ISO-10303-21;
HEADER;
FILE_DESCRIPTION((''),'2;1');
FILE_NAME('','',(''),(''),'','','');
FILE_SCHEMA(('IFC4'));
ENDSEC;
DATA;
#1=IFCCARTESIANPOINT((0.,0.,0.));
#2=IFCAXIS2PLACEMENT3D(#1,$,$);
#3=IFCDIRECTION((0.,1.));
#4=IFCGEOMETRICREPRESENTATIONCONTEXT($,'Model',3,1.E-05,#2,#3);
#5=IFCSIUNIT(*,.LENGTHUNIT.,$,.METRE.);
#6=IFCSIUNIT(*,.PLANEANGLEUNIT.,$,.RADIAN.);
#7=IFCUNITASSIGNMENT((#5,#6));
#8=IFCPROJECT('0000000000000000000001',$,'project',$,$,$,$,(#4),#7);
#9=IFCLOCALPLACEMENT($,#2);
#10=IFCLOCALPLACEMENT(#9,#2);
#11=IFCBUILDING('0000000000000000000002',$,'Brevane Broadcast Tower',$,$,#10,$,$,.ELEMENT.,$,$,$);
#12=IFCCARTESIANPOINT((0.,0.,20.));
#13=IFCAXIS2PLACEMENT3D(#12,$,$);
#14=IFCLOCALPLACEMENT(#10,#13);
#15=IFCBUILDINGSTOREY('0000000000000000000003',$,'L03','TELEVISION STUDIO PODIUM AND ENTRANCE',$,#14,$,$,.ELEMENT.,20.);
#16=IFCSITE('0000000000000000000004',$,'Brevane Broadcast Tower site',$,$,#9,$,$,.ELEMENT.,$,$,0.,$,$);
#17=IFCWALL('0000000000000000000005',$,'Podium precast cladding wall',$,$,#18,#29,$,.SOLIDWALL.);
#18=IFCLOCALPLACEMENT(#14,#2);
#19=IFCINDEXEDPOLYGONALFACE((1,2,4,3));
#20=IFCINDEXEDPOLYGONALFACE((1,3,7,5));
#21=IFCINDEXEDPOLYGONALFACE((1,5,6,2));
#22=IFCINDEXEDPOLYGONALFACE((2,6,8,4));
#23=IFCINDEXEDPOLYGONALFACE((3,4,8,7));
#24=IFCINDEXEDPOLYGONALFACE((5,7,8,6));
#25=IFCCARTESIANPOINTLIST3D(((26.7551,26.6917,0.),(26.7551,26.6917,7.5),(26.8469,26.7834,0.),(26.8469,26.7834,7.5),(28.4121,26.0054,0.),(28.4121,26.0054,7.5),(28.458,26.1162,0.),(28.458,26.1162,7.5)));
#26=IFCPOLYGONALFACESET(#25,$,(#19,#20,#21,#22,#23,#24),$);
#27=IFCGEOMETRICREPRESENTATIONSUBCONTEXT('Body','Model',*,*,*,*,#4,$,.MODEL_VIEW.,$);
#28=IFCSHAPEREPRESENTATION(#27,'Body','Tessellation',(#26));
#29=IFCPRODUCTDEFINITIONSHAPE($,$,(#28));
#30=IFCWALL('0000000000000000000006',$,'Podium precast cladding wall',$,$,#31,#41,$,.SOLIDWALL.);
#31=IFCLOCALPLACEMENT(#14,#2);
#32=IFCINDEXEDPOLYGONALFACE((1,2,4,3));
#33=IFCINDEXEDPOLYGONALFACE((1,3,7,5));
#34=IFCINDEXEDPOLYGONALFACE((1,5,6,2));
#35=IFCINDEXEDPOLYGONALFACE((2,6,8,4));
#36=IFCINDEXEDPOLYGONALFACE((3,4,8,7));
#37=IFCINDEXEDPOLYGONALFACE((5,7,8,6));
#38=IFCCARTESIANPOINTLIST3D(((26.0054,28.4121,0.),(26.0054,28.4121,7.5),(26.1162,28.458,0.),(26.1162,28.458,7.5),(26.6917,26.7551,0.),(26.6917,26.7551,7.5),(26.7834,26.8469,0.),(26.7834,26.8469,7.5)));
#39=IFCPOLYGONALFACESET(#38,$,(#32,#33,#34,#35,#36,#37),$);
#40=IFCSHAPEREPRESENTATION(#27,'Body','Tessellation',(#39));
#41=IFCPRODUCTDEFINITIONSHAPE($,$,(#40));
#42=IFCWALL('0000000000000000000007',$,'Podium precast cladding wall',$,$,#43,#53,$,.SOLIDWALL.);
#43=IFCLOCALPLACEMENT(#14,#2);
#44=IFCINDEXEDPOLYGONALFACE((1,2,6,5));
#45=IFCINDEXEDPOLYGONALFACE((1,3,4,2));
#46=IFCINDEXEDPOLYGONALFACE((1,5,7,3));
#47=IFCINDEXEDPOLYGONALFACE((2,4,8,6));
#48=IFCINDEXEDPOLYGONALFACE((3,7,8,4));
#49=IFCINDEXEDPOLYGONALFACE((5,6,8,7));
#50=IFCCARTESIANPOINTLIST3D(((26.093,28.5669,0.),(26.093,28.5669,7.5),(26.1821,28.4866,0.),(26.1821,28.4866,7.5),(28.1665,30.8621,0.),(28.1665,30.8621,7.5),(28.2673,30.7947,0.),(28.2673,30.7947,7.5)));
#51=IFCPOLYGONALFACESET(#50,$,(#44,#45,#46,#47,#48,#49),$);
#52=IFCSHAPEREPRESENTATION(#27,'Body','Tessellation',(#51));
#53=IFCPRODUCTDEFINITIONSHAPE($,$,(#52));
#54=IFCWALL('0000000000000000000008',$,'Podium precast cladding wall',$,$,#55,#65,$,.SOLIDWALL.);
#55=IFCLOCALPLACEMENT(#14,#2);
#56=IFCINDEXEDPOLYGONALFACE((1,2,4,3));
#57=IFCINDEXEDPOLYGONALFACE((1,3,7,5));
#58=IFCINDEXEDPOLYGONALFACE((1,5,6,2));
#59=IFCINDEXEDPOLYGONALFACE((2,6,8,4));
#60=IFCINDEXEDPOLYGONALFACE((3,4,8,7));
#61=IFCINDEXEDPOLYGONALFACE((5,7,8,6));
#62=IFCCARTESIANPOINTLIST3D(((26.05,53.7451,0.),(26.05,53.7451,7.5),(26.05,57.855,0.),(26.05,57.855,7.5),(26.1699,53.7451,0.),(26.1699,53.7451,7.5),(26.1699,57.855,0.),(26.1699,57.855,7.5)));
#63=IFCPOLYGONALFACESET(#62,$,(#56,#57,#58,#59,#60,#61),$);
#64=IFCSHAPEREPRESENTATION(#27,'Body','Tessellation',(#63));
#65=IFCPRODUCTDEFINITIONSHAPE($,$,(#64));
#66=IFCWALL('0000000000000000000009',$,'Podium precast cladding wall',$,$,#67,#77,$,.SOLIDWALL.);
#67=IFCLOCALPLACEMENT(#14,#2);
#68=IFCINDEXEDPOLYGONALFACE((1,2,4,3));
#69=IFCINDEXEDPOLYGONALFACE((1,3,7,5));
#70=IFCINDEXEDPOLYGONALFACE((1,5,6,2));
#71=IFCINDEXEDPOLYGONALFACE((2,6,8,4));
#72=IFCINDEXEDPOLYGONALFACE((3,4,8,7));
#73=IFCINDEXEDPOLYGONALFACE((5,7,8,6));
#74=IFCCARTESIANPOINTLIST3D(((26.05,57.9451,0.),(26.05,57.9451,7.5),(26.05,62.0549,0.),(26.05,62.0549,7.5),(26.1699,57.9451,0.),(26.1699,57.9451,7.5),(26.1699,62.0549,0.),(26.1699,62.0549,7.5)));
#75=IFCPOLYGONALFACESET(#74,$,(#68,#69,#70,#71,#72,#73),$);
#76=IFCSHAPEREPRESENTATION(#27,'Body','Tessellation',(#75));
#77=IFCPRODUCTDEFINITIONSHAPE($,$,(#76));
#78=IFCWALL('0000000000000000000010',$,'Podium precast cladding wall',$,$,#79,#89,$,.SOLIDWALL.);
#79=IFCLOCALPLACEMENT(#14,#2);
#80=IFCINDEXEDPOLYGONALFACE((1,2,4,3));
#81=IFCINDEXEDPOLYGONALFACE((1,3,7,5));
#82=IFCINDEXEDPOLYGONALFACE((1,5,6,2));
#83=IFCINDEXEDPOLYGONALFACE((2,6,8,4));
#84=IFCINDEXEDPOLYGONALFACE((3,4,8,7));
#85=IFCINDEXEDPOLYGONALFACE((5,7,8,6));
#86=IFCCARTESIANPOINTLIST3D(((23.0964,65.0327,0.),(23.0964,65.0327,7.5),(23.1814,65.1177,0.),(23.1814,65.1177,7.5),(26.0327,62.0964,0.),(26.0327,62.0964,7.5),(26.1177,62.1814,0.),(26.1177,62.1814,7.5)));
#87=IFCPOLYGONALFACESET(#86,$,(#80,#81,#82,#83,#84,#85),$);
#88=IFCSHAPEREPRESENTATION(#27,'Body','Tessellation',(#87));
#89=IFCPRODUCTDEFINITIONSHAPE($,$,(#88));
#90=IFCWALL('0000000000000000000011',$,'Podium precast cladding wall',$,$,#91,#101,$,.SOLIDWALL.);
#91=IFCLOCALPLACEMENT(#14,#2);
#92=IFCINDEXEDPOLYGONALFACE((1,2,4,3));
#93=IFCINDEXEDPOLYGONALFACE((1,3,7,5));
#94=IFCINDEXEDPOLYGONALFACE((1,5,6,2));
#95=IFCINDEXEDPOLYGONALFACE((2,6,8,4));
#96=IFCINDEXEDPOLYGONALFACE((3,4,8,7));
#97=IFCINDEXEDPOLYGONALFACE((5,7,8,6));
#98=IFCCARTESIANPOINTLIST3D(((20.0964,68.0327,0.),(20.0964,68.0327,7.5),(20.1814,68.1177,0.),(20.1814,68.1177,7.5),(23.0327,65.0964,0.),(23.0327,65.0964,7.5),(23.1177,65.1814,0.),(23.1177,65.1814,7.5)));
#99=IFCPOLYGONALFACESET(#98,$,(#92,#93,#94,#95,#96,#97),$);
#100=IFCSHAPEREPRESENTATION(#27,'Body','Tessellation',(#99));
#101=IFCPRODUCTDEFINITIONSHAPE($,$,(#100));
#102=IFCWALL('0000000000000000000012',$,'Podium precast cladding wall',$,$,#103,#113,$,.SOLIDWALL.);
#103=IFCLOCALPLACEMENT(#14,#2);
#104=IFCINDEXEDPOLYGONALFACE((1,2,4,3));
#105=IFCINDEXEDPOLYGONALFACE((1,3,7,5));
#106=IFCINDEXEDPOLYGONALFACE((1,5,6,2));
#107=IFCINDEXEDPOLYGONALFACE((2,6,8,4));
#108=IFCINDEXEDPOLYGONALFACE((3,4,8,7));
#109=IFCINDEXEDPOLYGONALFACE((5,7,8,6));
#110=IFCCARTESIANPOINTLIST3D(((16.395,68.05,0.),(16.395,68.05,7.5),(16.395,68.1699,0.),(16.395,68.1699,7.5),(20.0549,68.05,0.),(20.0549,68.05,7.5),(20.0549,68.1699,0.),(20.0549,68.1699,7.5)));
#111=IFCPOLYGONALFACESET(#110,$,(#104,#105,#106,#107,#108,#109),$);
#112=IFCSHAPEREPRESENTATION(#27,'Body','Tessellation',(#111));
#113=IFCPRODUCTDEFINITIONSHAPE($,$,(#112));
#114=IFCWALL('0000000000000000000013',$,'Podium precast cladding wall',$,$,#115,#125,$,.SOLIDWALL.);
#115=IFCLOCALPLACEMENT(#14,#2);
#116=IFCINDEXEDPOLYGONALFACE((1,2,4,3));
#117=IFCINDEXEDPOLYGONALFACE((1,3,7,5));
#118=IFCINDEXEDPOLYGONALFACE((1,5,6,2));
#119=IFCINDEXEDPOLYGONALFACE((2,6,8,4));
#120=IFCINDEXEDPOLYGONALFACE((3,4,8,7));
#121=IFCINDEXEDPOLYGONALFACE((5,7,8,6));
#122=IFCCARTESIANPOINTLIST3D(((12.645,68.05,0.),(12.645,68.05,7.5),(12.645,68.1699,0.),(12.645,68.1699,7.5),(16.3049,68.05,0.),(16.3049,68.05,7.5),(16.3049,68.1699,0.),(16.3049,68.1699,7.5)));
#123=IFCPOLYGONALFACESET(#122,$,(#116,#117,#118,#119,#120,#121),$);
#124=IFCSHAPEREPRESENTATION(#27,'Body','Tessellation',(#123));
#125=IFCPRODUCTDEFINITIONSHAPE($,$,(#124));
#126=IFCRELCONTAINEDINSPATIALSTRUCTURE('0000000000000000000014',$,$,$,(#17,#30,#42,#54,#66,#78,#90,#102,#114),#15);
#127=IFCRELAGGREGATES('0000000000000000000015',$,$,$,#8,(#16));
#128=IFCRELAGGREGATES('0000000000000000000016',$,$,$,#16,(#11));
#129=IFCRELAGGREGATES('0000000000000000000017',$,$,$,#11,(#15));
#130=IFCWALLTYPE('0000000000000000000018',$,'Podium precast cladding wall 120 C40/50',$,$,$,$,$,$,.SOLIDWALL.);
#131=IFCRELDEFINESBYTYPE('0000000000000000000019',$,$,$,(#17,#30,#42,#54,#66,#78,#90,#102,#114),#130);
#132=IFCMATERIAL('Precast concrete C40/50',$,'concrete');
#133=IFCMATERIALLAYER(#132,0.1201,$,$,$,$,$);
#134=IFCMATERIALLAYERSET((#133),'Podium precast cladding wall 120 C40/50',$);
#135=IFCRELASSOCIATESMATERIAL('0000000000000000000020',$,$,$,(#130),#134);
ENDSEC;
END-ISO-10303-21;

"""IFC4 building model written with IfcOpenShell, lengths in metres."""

from ifc_helpers import new_model, si_unit, direction, frame, origin, place, context, subcontext, project, spatial, polyline, outline, extrude, material, layer, layer_set, type_object, element, save


model = new_model("IFC4")

# Units and contexts
model_context = context("Model", 3, precision=1e-05, world=origin(), true_north=direction((0.0, 1.0)))
body_context = subcontext(model_context, "Body", "Model", "MODEL_VIEW")
ifc_project = project(units=[si_unit("LENGTHUNIT", "METRE"), si_unit("PLANEANGLEUNIT", "RADIAN")], contexts=[model_context])

# Site, building, storey
site_placement = place(None, origin())
site = spatial("IfcSite", under=ifc_project, at=site_placement, Name="Brevane Broadcast Tower site", CompositionType="ELEMENT", RefElevation=0.0)
building_placement = place(site_placement, origin())
building = spatial("IfcBuilding", under=site, at=building_placement, Name="Brevane Broadcast Tower", CompositionType="ELEMENT")
storey_placement = place(building_placement, frame((0.0, 0.0, 20.0)))
storey = spatial("IfcBuildingStorey", under=building, at=storey_placement, Name="L03", Description="TELEVISION STUDIO PODIUM AND ENTRANCE", CompositionType="ELEMENT", Elevation=20.0)

# Walls
ifc_material = material(Name="Precast concrete C40/50", Category="concrete")
ifc_layer = layer(ifc_material, 0.1201)
ifc_layer_set = layer_set([ifc_layer], Name="Podium precast cladding wall 120 C40/50")
wall_type = type_object("IfcWallType", Name="Podium precast cladding wall 120 C40/50", PredefinedType="SOLIDWALL", material=ifc_layer_set)
wall_1_placement = place(storey_placement, origin())
element("IfcWall", 1, at=wall_1_placement, inside=storey, type_object=wall_type, Name="Podium precast cladding wall", PredefinedType="SOLIDWALL", context=body_context, shape_type="SweptSolid", body=[
    extrude(outline(polyline([(28.4121, 26.0054), (28.458, 26.1162), (26.8469, 26.7834), (26.7551, 26.6917), (28.4121, 26.0054)])), origin(), (0.0, 0.0, 1.0), 7.5),
])
wall_2_placement = place(storey_placement, origin())
element("IfcWall", 2, at=wall_2_placement, inside=storey, type_object=wall_type, Name="Podium precast cladding wall", PredefinedType="SOLIDWALL", context=body_context, shape_type="SweptSolid", body=[
    extrude(outline(polyline([(26.6917, 26.7551), (26.7834, 26.8469), (26.1162, 28.458), (26.0054, 28.4121), (26.6917, 26.7551)])), origin(), (0.0, 0.0, 1.0), 7.5),
])
wall_3_placement = place(storey_placement, origin())
element("IfcWall", 3, at=wall_3_placement, inside=storey, type_object=wall_type, Name="Podium precast cladding wall", PredefinedType="SOLIDWALL", context=body_context, shape_type="SweptSolid", body=[
    extrude(outline(polyline([(26.093, 28.5669), (26.1821, 28.4866), (28.2673, 30.7947), (28.1665, 30.8621), (26.093, 28.5669)])), origin(), (0.0, 0.0, 1.0), 7.5),
])
wall_4_placement = place(storey_placement, origin())
element("IfcWall", 4, at=wall_4_placement, inside=storey, type_object=wall_type, Name="Podium precast cladding wall", PredefinedType="SOLIDWALL", context=body_context, shape_type="SweptSolid", body=[
    extrude(outline(polyline([(26.1699, 57.855), (26.05, 57.855), (26.05, 53.7451), (26.1699, 53.7451), (26.1699, 57.855)])), origin(), (0.0, 0.0, 1.0), 7.5),
])
wall_5_placement = place(storey_placement, origin())
element("IfcWall", 5, at=wall_5_placement, inside=storey, type_object=wall_type, Name="Podium precast cladding wall", PredefinedType="SOLIDWALL", context=body_context, shape_type="SweptSolid", body=[
    extrude(outline(polyline([(26.1699, 62.0549), (26.05, 62.0549), (26.05, 57.9451), (26.1699, 57.9451), (26.1699, 62.0549)])), origin(), (0.0, 0.0, 1.0), 7.5),
])
wall_6_placement = place(storey_placement, origin())
element("IfcWall", 6, at=wall_6_placement, inside=storey, type_object=wall_type, Name="Podium precast cladding wall", PredefinedType="SOLIDWALL", context=body_context, shape_type="SweptSolid", body=[
    extrude(outline(polyline([(26.0327, 62.0964), (23.0964, 65.0327), (23.1814, 65.1177), (26.1177, 62.1814), (26.0327, 62.0964)])), origin(), (0.0, 0.0, 1.0), 7.5),
])
wall_7_placement = place(storey_placement, origin())
element("IfcWall", 7, at=wall_7_placement, inside=storey, type_object=wall_type, Name="Podium precast cladding wall", PredefinedType="SOLIDWALL", context=body_context, shape_type="SweptSolid", body=[
    extrude(outline(polyline([(23.0327, 65.0964), (20.0964, 68.0327), (20.1814, 68.1177), (23.1177, 65.1814), (23.0327, 65.0964)])), origin(), (0.0, 0.0, 1.0), 7.5),
])
wall_8_placement = place(storey_placement, origin())
element("IfcWall", 8, at=wall_8_placement, inside=storey, type_object=wall_type, Name="Podium precast cladding wall", PredefinedType="SOLIDWALL", context=body_context, shape_type="SweptSolid", body=[
    extrude(outline(polyline([(16.395, 68.1699), (16.395, 68.05), (20.0549, 68.05), (20.0549, 68.1699), (16.395, 68.1699)])), origin(), (0.0, 0.0, 1.0), 7.5),
])
wall_9_placement = place(storey_placement, origin())
element("IfcWall", 9, at=wall_9_placement, inside=storey, type_object=wall_type, Name="Podium precast cladding wall", PredefinedType="SOLIDWALL", context=body_context, shape_type="SweptSolid", body=[
    extrude(outline(polyline([(12.645, 68.1699), (12.645, 68.05), (16.3049, 68.05), (16.3049, 68.1699), (12.645, 68.1699)])), origin(), (0.0, 0.0, 1.0), 7.5),
])

save(model, "model.ifc")
